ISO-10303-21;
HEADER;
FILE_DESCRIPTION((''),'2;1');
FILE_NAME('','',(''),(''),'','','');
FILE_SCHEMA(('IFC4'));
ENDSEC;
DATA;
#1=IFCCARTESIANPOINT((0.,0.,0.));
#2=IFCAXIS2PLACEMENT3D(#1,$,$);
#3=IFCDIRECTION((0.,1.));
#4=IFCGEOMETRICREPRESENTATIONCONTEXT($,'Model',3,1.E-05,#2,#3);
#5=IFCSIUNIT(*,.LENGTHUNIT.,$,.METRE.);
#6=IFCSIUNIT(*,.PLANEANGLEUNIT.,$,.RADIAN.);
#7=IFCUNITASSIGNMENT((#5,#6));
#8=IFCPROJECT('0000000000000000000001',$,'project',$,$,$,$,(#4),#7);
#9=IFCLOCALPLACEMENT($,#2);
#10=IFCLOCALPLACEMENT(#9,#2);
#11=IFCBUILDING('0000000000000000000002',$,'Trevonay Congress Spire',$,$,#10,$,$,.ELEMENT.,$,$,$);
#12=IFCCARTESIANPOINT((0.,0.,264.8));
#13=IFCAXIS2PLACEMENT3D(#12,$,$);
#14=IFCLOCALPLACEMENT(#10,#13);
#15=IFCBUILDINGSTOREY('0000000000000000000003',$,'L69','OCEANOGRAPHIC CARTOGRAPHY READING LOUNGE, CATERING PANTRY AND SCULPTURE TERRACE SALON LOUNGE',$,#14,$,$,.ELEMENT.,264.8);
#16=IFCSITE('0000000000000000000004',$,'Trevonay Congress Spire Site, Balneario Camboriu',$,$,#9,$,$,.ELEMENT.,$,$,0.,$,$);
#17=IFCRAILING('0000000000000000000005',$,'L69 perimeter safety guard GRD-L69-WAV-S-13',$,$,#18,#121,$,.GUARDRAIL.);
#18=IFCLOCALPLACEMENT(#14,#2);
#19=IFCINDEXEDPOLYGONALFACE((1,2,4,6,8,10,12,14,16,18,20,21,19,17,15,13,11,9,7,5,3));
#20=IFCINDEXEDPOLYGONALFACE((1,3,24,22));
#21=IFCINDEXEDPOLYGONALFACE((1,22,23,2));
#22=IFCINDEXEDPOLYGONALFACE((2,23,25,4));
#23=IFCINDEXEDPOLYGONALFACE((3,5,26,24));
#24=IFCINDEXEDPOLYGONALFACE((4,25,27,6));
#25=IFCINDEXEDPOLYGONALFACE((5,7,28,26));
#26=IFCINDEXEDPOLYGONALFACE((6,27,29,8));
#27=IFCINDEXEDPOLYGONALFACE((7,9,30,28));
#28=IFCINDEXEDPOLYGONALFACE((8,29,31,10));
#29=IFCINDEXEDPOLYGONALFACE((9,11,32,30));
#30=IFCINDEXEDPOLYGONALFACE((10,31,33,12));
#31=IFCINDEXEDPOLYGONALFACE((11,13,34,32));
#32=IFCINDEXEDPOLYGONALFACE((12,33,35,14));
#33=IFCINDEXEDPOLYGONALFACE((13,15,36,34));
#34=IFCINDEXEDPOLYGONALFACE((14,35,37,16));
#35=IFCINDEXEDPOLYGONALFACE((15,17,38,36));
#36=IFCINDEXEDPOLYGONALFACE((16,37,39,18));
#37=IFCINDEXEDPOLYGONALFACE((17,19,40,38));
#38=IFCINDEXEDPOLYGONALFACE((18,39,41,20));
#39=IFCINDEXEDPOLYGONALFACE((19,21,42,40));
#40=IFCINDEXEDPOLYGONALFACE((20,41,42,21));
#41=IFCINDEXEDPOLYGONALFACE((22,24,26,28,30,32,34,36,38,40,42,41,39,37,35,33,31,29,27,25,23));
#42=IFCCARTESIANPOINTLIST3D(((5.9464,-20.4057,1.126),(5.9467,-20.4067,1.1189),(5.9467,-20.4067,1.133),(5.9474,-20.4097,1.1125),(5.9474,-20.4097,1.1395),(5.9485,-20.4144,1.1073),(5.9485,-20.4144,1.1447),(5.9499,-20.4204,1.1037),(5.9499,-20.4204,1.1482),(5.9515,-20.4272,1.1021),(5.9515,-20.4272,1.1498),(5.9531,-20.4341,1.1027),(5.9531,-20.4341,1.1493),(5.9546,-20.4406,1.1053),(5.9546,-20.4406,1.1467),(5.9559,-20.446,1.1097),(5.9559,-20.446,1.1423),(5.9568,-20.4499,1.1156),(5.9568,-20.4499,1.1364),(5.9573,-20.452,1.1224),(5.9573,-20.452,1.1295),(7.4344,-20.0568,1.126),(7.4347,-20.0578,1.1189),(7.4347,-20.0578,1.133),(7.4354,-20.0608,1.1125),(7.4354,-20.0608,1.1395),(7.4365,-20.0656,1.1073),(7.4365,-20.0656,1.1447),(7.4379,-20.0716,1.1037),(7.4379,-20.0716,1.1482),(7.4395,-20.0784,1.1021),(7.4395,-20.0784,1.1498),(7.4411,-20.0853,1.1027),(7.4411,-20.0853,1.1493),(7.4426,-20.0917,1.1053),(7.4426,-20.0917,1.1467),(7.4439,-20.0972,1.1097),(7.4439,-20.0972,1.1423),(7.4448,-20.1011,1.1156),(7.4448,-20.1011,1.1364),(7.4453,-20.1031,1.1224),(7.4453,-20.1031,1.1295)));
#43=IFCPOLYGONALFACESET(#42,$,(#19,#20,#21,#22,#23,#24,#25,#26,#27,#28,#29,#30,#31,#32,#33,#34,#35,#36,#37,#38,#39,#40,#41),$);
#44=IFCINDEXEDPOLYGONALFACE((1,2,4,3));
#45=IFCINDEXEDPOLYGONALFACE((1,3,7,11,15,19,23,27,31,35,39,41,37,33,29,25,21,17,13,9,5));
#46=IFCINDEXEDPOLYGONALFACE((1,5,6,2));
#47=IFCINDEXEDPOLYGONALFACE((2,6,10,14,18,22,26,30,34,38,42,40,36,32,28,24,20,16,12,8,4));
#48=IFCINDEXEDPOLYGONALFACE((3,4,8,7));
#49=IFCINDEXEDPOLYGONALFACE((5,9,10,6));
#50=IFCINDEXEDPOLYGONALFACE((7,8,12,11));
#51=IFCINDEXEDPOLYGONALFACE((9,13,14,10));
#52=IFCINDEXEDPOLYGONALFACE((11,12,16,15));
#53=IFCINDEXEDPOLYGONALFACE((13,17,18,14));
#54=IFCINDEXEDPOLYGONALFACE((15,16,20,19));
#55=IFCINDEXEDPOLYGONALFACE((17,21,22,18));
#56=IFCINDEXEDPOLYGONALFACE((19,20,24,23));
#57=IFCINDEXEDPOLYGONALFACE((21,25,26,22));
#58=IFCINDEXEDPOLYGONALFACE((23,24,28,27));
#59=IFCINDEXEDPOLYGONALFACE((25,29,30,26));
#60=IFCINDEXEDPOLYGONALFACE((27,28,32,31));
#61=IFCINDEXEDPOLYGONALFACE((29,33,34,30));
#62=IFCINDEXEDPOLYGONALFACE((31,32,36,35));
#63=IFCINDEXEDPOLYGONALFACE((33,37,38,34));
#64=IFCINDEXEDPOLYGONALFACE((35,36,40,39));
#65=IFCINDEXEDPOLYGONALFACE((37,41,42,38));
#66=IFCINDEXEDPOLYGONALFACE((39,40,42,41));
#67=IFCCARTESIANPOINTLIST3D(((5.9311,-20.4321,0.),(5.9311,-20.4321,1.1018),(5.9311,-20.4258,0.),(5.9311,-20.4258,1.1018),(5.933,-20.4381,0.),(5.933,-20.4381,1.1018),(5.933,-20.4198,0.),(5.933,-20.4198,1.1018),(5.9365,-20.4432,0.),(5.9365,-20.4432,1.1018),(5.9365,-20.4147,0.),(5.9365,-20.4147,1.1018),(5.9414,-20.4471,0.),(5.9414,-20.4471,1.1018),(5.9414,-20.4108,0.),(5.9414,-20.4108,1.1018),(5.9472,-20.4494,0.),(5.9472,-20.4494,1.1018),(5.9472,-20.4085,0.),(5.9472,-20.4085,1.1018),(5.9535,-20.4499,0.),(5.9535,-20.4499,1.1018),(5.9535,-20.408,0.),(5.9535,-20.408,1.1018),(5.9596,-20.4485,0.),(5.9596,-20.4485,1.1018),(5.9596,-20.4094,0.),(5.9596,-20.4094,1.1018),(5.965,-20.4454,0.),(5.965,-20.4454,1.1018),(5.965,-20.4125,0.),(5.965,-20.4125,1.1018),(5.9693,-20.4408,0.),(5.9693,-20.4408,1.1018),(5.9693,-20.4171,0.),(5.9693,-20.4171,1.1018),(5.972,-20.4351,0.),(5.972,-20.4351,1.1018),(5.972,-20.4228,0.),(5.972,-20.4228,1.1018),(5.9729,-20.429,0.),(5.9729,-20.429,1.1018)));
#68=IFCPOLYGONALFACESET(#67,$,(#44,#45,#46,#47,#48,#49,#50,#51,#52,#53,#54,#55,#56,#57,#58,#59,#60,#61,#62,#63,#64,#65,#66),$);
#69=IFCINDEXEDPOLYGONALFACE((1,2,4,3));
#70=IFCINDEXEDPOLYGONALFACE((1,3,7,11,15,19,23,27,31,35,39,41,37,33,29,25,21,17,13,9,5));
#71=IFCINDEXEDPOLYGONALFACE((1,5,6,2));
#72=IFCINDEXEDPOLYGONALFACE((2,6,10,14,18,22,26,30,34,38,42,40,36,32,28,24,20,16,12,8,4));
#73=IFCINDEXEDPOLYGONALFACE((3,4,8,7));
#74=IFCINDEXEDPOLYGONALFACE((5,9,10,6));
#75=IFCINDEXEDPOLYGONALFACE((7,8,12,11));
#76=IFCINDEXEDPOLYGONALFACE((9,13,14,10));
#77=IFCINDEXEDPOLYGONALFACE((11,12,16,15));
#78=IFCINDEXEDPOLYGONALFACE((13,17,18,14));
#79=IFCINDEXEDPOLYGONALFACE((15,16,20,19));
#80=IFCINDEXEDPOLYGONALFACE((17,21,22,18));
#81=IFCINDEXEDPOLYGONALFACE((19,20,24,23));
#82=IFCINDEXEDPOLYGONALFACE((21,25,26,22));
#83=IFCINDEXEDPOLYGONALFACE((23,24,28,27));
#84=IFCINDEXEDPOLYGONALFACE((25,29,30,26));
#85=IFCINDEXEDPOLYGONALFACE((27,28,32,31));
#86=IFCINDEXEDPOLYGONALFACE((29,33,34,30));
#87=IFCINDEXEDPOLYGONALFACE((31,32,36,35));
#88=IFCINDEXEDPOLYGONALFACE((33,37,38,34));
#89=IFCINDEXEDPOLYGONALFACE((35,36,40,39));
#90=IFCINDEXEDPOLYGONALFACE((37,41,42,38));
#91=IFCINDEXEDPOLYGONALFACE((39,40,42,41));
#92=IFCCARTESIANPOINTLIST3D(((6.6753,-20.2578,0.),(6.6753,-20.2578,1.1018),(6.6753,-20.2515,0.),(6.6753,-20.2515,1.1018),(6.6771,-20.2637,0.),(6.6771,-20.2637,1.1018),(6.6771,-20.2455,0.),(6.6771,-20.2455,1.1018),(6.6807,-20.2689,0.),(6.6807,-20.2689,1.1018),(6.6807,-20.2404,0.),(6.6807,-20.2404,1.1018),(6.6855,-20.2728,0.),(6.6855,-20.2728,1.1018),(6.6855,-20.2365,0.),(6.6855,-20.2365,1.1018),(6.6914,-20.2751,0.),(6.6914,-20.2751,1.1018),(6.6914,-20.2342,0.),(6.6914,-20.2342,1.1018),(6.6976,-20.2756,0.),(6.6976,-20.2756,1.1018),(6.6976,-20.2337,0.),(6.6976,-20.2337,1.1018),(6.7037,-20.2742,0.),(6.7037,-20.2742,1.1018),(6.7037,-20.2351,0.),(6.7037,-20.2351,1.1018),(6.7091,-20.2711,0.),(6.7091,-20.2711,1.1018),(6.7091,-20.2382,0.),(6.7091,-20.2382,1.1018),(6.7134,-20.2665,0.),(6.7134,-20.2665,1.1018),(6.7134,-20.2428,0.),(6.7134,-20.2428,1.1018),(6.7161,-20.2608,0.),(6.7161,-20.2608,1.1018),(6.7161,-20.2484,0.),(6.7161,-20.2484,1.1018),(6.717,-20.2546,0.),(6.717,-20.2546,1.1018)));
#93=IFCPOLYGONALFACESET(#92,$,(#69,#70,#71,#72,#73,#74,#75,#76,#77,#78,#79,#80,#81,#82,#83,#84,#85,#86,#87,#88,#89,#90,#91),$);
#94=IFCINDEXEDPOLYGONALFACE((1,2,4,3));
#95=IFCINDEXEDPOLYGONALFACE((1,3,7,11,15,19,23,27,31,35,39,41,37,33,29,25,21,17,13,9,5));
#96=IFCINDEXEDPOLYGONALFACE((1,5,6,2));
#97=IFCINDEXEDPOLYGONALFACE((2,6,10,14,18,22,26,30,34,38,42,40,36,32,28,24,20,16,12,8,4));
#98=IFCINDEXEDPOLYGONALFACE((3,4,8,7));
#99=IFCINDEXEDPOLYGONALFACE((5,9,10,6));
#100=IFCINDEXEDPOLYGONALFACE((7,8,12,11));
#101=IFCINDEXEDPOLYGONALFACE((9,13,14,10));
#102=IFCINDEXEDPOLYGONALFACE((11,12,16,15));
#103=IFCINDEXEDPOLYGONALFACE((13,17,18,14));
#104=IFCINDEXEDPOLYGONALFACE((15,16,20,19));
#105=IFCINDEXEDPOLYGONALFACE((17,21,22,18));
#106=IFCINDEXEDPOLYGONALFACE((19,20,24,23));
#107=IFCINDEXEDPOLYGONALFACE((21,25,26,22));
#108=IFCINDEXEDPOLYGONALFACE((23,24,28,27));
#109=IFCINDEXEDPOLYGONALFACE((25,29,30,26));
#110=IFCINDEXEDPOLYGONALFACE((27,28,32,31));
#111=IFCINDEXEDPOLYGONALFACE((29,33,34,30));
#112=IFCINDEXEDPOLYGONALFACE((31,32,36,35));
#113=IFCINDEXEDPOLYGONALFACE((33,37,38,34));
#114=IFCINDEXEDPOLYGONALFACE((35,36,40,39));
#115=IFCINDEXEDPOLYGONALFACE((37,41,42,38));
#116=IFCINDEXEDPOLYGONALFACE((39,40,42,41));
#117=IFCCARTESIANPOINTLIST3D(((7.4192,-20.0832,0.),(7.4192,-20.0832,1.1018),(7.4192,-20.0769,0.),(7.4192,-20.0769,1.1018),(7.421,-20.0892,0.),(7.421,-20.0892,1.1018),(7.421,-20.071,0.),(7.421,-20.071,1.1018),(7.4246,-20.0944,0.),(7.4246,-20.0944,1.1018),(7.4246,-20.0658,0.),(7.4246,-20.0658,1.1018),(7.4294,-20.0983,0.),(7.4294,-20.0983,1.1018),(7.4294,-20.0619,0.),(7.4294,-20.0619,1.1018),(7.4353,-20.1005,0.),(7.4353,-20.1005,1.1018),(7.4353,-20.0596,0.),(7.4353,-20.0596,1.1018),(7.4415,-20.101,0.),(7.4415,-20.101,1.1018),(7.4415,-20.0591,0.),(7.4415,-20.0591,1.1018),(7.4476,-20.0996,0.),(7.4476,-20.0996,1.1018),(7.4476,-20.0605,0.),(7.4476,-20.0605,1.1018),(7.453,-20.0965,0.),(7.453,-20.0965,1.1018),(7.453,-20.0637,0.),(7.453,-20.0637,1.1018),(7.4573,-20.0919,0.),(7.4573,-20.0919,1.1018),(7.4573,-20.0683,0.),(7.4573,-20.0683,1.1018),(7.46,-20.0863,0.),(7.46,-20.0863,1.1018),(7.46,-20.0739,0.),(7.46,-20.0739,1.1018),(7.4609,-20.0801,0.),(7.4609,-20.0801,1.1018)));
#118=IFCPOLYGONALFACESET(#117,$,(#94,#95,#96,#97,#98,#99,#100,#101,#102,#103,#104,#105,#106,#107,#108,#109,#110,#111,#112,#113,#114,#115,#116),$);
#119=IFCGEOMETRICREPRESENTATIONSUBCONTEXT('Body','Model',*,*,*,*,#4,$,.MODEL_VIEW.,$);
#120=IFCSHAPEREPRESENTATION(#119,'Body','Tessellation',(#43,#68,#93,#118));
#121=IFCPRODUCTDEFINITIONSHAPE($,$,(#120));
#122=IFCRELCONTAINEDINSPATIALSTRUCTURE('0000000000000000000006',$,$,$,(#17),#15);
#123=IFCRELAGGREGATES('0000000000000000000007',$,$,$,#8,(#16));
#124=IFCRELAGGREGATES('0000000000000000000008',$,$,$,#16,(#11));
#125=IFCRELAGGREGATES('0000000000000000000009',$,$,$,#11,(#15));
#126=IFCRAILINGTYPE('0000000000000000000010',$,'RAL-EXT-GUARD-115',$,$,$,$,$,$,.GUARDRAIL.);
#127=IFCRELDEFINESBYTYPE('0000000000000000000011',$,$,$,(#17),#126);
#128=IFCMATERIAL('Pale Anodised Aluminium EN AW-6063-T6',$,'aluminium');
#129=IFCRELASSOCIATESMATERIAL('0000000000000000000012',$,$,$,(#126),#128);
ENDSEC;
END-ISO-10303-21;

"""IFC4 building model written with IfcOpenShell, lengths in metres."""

from ifc_helpers import new_model, si_unit, direction, frame, origin, origin_2d, place, context, subcontext, project, spatial, circle, extrude, material, type_object, element, save


model = new_model("IFC4")

# Units and contexts
model_context = context("Model", 3, precision=1e-05, world=origin(), true_north=direction((0.0, 1.0)))
body_context = subcontext(model_context, "Body", "Model", "MODEL_VIEW")
ifc_project = project(units=[si_unit("LENGTHUNIT", "METRE"), si_unit("PLANEANGLEUNIT", "RADIAN")], contexts=[model_context])

# Site, building, storey
site_placement = place(None, origin())
site = spatial("IfcSite", under=ifc_project, at=site_placement, Name="Trevonay Congress Spire Site, Balneario Camboriu", CompositionType="ELEMENT", RefElevation=0.0)
building_placement = place(site_placement, origin())
building = spatial("IfcBuilding", under=site, at=building_placement, Name="Trevonay Congress Spire", CompositionType="ELEMENT")
storey_placement = place(building_placement, frame((0.0, 0.0, 264.8)))
storey = spatial("IfcBuildingStorey", under=building, at=storey_placement, Name="L69", Description="OCEANOGRAPHIC CARTOGRAPHY READING LOUNGE, CATERING PANTRY AND SCULPTURE TERRACE SALON LOUNGE", CompositionType="ELEMENT", Elevation=264.8)

# Shared definitions
ifc_material_1 = material(Name="Pale Anodised Aluminium EN AW-6063-T6", Category="aluminium")

# Railing
railing_type = type_object("IfcRailingType", Name="RAL-EXT-GUARD-115", PredefinedType="GUARDRAIL", material=ifc_material_1)
railing_1_placement = place(storey_placement, frame((5.9519, -20.429, 0.0)))
element("IfcRailing", 1, at=railing_1_placement, inside=storey, type_object=railing_type, Name="L69 perimeter safety guard GRD-L69-WAV-S-13", PredefinedType="GUARDRAIL", context=body_context, shape_type="SweptSolid", body=[
    extrude(circle(Radius=0.0239, at=origin_2d()), frame((0.0, 0.0, 1.126), z_axis=(0.973599, 0.228265, 0.0), x_axis=(-0.228265, 0.973599, 0.0)), (0.0, 0.0, 1.0), 1.5283),
    extrude(circle(Radius=0.021, at=origin_2d()), origin(), (0.0, 0.0, 1.0), 1.1018),
    extrude(circle(Radius=0.021, at=origin_2d()), frame((0.7441, 0.1743, 0.0)), (0.0, 0.0, 1.0), 1.1018),
    extrude(circle(Radius=0.021, at=origin_2d()), frame((1.488, 0.3489, 0.0)), (0.0, 0.0, 1.0), 1.1018),
])

save(model, "model.ifc")
